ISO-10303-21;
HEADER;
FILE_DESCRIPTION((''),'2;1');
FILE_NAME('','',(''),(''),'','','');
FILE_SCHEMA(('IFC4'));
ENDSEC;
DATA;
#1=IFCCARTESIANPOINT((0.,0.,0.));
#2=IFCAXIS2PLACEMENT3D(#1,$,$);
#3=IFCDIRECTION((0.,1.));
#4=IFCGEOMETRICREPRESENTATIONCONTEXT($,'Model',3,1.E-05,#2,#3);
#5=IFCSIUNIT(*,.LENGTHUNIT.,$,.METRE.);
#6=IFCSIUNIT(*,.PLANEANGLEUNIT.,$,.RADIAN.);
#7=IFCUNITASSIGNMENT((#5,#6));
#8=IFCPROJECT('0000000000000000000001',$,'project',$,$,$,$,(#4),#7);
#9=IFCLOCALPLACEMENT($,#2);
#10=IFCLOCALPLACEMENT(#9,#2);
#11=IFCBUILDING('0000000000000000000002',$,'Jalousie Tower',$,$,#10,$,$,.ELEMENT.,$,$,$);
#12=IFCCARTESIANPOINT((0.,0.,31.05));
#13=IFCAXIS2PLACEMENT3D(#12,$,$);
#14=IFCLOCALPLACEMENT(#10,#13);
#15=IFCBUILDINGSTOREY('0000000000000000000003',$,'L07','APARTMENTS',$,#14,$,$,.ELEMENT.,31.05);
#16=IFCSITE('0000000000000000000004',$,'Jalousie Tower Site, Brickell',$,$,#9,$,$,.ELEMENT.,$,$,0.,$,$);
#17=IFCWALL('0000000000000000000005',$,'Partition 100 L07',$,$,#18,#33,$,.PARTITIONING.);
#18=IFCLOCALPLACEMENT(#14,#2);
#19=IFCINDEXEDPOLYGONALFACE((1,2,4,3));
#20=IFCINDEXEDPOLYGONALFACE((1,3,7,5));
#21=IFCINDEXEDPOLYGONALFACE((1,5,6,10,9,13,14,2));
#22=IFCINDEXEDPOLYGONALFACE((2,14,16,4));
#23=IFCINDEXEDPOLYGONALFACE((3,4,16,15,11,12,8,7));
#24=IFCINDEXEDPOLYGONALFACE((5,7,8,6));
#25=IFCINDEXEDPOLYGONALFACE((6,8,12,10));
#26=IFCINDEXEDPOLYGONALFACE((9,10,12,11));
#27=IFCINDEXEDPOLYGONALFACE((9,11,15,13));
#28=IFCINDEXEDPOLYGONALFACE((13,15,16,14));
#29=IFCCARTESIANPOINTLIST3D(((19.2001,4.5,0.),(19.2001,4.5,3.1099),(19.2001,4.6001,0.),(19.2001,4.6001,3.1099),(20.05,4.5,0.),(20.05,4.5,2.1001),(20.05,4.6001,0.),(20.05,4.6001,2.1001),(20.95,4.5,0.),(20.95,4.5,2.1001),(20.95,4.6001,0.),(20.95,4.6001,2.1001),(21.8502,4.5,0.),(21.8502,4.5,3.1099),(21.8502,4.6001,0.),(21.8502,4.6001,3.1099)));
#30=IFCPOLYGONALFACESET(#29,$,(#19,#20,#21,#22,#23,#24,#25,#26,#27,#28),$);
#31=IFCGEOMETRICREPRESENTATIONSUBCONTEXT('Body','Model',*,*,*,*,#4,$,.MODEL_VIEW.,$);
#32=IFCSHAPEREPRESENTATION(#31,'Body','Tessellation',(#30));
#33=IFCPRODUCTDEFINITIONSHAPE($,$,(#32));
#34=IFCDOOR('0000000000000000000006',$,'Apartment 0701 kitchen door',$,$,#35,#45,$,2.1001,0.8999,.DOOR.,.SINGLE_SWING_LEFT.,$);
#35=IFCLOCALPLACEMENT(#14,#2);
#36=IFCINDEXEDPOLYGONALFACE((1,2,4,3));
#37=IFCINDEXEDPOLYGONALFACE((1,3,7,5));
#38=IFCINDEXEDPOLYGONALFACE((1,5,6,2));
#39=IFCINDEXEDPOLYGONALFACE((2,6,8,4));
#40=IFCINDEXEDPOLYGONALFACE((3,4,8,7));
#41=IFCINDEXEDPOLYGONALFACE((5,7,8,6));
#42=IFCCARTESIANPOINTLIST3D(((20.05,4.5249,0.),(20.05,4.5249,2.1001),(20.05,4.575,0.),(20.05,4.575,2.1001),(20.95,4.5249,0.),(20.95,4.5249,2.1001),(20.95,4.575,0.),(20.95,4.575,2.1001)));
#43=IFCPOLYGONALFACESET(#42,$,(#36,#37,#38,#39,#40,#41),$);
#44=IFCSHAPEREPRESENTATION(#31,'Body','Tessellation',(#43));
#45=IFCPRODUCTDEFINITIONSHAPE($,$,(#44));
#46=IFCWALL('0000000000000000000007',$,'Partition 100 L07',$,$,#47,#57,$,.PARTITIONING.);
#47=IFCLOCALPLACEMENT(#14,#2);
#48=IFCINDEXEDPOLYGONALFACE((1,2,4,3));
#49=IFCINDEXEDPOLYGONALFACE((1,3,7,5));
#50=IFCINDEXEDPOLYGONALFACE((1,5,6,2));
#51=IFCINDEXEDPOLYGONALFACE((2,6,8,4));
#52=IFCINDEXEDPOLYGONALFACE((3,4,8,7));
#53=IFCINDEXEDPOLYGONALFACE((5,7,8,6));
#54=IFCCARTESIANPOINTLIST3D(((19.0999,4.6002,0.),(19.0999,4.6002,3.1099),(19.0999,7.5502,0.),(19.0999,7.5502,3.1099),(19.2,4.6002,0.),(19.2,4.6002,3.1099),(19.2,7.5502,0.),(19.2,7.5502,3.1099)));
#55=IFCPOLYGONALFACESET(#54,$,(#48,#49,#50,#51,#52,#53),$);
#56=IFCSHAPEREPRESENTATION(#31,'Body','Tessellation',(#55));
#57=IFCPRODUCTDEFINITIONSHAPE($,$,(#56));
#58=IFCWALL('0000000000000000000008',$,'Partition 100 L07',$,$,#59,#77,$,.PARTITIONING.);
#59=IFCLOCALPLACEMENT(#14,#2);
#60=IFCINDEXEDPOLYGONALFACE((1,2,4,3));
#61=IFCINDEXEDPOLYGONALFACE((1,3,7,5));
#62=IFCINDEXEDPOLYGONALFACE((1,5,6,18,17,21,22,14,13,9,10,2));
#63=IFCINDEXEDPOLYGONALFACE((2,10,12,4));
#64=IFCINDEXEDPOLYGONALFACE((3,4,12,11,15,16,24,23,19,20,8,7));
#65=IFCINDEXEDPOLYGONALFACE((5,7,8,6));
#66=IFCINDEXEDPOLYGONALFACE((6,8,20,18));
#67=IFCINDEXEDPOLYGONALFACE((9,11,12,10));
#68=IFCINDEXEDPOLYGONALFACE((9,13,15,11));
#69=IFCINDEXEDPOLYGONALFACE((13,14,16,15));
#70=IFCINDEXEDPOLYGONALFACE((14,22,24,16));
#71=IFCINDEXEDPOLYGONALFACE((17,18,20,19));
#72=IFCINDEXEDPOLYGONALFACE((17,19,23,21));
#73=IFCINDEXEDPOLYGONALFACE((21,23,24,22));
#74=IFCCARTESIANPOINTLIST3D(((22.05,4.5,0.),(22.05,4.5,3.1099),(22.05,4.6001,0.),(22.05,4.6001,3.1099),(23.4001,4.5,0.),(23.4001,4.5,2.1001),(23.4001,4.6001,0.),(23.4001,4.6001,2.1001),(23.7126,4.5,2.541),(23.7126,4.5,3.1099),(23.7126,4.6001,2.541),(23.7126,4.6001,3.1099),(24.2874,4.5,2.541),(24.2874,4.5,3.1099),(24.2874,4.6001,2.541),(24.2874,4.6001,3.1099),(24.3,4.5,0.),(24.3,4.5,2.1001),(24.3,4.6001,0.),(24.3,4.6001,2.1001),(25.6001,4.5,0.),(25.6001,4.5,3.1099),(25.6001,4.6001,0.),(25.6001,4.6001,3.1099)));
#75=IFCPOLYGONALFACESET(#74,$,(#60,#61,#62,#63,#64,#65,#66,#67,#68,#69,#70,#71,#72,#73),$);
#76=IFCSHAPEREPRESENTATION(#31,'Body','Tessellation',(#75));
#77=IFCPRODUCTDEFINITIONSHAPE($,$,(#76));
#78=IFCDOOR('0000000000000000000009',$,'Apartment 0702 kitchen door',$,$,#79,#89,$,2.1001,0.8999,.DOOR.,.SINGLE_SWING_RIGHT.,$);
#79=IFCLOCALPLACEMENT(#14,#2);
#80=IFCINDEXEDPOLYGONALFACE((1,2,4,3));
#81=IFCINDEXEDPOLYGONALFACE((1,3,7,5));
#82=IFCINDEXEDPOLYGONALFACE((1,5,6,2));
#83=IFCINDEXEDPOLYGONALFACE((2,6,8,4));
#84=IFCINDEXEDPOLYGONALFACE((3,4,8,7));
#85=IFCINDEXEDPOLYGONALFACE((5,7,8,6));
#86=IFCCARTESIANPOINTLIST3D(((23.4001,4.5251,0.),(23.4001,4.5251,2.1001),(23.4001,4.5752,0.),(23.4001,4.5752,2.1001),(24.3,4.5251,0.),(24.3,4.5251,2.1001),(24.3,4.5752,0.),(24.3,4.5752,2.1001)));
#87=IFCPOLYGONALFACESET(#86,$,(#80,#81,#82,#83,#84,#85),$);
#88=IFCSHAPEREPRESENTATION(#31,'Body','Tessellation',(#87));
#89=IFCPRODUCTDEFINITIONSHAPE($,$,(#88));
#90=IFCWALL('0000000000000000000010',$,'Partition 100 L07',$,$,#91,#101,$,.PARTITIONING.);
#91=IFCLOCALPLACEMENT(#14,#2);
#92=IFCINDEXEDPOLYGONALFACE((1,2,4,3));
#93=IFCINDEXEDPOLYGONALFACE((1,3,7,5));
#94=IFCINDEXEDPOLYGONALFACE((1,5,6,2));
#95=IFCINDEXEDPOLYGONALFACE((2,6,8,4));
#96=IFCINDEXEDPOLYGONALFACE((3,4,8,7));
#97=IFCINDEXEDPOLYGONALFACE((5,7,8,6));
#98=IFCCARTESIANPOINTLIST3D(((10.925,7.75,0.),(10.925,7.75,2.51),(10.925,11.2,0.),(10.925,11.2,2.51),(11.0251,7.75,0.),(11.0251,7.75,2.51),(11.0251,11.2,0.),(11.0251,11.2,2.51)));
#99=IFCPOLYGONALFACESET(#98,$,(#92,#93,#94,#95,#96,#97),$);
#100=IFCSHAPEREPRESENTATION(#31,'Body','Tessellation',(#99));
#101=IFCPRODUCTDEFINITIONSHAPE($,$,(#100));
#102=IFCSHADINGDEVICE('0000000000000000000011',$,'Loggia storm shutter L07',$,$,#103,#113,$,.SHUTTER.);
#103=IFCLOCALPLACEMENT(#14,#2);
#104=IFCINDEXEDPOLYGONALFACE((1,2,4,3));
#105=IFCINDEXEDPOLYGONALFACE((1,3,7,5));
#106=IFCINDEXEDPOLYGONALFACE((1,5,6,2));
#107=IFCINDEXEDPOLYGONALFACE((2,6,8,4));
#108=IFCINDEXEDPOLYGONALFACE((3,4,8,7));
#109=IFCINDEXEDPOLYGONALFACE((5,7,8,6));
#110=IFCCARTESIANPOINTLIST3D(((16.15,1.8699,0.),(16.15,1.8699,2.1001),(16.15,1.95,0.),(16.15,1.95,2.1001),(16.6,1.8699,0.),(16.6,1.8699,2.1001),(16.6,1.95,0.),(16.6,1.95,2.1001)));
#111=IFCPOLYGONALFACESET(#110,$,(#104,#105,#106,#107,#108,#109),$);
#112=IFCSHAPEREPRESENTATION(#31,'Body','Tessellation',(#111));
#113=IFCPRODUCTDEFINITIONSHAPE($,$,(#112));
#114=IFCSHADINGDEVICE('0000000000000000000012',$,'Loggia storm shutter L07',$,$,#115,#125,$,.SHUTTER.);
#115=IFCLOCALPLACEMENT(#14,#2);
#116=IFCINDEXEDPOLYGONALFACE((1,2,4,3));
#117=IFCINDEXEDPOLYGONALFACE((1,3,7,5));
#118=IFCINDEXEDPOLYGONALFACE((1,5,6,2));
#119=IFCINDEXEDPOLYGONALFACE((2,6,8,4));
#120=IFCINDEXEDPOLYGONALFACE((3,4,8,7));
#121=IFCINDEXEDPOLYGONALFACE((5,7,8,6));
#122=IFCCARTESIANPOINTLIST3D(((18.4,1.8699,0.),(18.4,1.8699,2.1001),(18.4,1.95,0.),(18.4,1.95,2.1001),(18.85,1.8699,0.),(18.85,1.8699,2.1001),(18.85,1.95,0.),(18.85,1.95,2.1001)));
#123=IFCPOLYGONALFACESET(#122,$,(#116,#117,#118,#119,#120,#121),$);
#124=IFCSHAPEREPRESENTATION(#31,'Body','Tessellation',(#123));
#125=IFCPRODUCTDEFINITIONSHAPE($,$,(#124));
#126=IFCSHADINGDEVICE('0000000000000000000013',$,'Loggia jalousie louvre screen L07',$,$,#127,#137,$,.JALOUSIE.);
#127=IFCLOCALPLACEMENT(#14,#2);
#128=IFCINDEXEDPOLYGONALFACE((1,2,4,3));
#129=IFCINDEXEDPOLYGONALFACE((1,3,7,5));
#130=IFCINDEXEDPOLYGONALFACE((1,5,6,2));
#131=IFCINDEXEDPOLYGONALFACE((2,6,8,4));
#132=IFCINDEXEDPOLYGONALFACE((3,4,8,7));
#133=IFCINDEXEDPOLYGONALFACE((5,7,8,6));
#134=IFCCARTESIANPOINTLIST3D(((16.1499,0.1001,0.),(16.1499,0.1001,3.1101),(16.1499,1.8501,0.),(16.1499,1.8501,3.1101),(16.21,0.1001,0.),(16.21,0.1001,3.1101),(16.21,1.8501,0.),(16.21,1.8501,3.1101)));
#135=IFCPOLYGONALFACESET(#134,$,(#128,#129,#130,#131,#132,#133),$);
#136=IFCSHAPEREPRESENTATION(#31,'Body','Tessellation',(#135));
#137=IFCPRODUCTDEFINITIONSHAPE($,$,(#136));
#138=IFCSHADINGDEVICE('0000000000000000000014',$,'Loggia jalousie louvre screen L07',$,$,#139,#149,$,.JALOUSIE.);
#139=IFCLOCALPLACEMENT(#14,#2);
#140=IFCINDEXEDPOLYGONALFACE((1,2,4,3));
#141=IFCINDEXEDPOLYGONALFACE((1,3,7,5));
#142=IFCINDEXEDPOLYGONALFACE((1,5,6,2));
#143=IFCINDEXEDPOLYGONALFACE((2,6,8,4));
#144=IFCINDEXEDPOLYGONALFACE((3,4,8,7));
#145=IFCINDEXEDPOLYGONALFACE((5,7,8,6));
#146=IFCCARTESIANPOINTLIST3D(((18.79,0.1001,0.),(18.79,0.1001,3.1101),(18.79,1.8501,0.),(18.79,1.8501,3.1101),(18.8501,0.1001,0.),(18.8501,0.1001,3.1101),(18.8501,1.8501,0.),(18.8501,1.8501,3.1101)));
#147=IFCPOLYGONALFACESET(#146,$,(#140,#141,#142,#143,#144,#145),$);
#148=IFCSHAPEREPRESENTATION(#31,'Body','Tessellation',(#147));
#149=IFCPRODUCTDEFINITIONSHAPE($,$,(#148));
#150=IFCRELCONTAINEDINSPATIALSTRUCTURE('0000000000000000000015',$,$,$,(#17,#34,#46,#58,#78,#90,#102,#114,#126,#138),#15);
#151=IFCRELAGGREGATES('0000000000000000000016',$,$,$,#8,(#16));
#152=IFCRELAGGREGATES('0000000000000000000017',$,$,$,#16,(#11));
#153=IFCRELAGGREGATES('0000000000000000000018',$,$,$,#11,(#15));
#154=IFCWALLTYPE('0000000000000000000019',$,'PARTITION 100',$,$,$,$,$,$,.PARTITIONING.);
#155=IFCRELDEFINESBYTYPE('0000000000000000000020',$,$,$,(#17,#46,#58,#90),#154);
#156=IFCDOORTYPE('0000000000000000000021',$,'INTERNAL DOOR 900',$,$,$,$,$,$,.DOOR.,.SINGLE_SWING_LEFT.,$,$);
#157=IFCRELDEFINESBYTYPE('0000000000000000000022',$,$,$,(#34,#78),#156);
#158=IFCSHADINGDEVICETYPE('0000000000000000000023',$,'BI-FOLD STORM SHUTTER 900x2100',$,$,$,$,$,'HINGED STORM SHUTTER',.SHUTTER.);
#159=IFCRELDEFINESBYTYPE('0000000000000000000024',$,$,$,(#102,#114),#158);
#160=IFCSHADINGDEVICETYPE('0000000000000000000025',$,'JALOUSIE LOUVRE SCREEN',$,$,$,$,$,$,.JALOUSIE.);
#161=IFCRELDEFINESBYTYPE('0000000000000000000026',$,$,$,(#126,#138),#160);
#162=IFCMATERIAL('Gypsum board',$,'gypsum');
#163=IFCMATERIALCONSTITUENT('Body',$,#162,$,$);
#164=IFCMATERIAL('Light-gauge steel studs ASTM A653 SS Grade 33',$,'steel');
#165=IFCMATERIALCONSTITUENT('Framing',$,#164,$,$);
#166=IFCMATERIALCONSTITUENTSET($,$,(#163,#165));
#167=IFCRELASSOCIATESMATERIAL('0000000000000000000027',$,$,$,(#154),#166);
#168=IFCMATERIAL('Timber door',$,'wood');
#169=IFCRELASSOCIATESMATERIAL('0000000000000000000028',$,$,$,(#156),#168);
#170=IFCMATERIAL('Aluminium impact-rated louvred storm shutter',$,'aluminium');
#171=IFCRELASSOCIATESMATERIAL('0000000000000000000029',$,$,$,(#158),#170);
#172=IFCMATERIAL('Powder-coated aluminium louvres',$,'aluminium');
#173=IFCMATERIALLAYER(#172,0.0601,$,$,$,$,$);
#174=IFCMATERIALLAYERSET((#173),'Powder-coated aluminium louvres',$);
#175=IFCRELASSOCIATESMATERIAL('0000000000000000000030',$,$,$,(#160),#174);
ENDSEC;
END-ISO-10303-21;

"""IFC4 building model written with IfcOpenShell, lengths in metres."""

from ifc_helpers import new_model, si_unit, direction, frame, frame_2d, origin, origin_2d, place, context, subcontext, project, spatial, polyline, rectangle, outline, extrude, material, layer, layer_set, constituent, constituent_set, type_object, element, fill, save


model = new_model("IFC4")

# Units and contexts
model_context = context("Model", 3, precision=1e-05, world=origin(), true_north=direction((0.0, 1.0)))
body_context = subcontext(model_context, "Body", "Model", "MODEL_VIEW")
ifc_project = project(units=[si_unit("LENGTHUNIT", "METRE"), si_unit("PLANEANGLEUNIT", "RADIAN")], contexts=[model_context])

# Site, building, storey
site_placement = place(None, origin())
site = spatial("IfcSite", under=ifc_project, at=site_placement, Name="Jalousie Tower Site, Brickell", CompositionType="ELEMENT", RefElevation=0.0)
building_placement = place(site_placement, origin())
building = spatial("IfcBuilding", under=site, at=building_placement, Name="Jalousie Tower", CompositionType="ELEMENT")
storey_placement = place(building_placement, frame((0.0, 0.0, 31.05)))
storey = spatial("IfcBuildingStorey", under=building, at=storey_placement, Name="L07", Description="APARTMENTS", CompositionType="ELEMENT", Elevation=31.05)

# Wall, opening, door
ifc_material_1 = material(Name="Gypsum board", Category="gypsum")
ifc_constituent_1 = constituent(ifc_material_1, Name="Body")
ifc_material_2 = material(Name="Light-gauge steel studs ASTM A653 SS Grade 33", Category="steel")
ifc_constituent_2 = constituent(ifc_material_2, Name="Framing")
ifc_constituent_set_1 = constituent_set(constituents=[ifc_constituent_1, ifc_constituent_2])
wall_type_1 = type_object("IfcWallType", Name="PARTITION 100", PredefinedType="PARTITIONING", material=ifc_constituent_set_1)
wall_1_placement = place(storey_placement, frame((19.2, 4.55, 0.0), z_axis=(0.0, 0.0, 1.0), x_axis=(1.0, 0.0, 0.0)))
wall_1 = element("IfcWall", 1, at=wall_1_placement, inside=storey, type_object=wall_type_1, Name="Partition 100 L07", PredefinedType="PARTITIONING", context=body_context, shape_type="SweptSolid", body=[
    extrude(rectangle(XDim=2.6501, YDim=0.1001, at=frame_2d((1.3252, 0.0))), origin(), (0.0, 0.0, 1.0), 3.1099),
])
opening_1_placement = place(wall_1_placement, frame((0.8501, 0.0, 0.0)))
opening_1 = element("IfcOpeningElement", 2, at=opening_1_placement, cuts=wall_1, PredefinedType="OPENING", context=body_context, shape_type="SweptSolid", body=[
    extrude(rectangle(XDim=0.8999, YDim=2.1001, at=frame_2d((0.45, 1.05))), frame((0.0, 0.0601, 0.0), z_axis=(0.0, -1.0, 0.0), x_axis=(1.0, 0.0, 0.0)), (0.0, 0.0, 1.0), 0.1201),
])
ifc_material_3 = material(Name="Timber door", Category="wood")
door_type_1 = type_object("IfcDoorType", Name="INTERNAL DOOR 900", OperationType="SINGLE_SWING_LEFT", PredefinedType="DOOR", material=ifc_material_3)
door_1_placement = place(opening_1_placement, origin())
door_1 = element("IfcDoor", 3, at=door_1_placement, inside=storey, type_object=door_type_1, Name="Apartment 0701 kitchen door", OperationType="SINGLE_SWING_LEFT", OverallHeight=2.1001, OverallWidth=0.8999, PredefinedType="DOOR", context=body_context, shape_type="SweptSolid", body=[
    extrude(rectangle(XDim=0.8999, YDim=2.1001, at=frame_2d((0.45, 1.05))), frame((0.0, 0.0249, 0.0), z_axis=(0.0, -1.0, 0.0), x_axis=(1.0, 0.0, 0.0)), (0.0, 0.0, 1.0), 0.05),
])
fill(opening_1, door_1)

# Wall
wall_2_placement = place(storey_placement, frame((19.1499, 4.6001, 0.0), z_axis=(0.0, 0.0, 1.0), x_axis=(0.0, 1.0, 0.0)))
element("IfcWall", 4, at=wall_2_placement, inside=storey, type_object=wall_type_1, Name="Partition 100 L07", PredefinedType="PARTITIONING", context=body_context, shape_type="SweptSolid", body=[
    extrude(rectangle(XDim=2.95, YDim=0.1001, at=frame_2d((1.4751, 0.0))), origin(), (0.0, 0.0, 1.0), 3.1099),
])

# Wall, opening, door
wall_3_placement = place(storey_placement, frame((22.05, 4.55, 0.0), z_axis=(0.0, 0.0, 1.0), x_axis=(1.0, 0.0, 0.0)))
wall_3 = element("IfcWall", 5, at=wall_3_placement, inside=storey, type_object=wall_type_1, Name="Partition 100 L07", PredefinedType="PARTITIONING", context=body_context, shape_type="SweptSolid", body=[
    extrude(outline(polyline([(0.0, 0.0), (3.55, 0.0), (3.55, 3.1099), (2.2373, 3.1099), (2.2373, 2.541), (1.6626, 2.541), (1.6626, 3.1099), (0.0, 3.1099), (0.0, 0.0)])), frame((0.0, 0.05, 0.0), z_axis=(0.0, -1.0, 0.0), x_axis=(1.0, 0.0, 0.0)), (0.0, 0.0, 1.0), 0.1001),
])
opening_2_placement = place(wall_3_placement, frame((1.3501, 0.0, 0.0)))
opening_2 = element("IfcOpeningElement", 6, at=opening_2_placement, cuts=wall_3, PredefinedType="OPENING", context=body_context, shape_type="SweptSolid", body=[
    extrude(rectangle(XDim=0.8999, YDim=2.1001, at=frame_2d((0.45, 1.05))), frame((0.0, 0.0601, 0.0), z_axis=(0.0, -1.0, 0.0), x_axis=(1.0, 0.0, 0.0)), (0.0, 0.0, 1.0), 0.1201),
])
door_2_placement = place(opening_2_placement, frame((0.8999, 0.0, 0.0), z_axis=(0.0, 0.0, 1.0), x_axis=(-1.0, 0.0, 0.0)))
door_2 = element("IfcDoor", 7, at=door_2_placement, inside=storey, type_object=door_type_1, Name="Apartment 0702 kitchen door", OperationType="SINGLE_SWING_RIGHT", OverallHeight=2.1001, OverallWidth=0.8999, PredefinedType="DOOR", context=body_context, shape_type="SweptSolid", body=[
    extrude(rectangle(XDim=0.8999, YDim=2.1001, at=frame_2d((0.45, 1.05))), frame((0.0, 0.0249, 0.0), z_axis=(0.0, -1.0, 0.0), x_axis=(1.0, 0.0, 0.0)), (0.0, 0.0, 1.0), 0.05),
])
fill(opening_2, door_2)

# Wall
wall_4_placement = place(storey_placement, frame((10.9751, 7.75, 0.0), z_axis=(0.0, 0.0, 1.0), x_axis=(0.0, 1.0, 0.0)))
element("IfcWall", 8, at=wall_4_placement, inside=storey, type_object=wall_type_1, Name="Partition 100 L07", PredefinedType="PARTITIONING", context=body_context, shape_type="SweptSolid", body=[
    extrude(outline(polyline([(0.0, 0.0), (3.45, 0.0), (3.45, 3.1099), (3.45, 2.51), (0.0, 2.51), (0.0, 3.1099), (0.0, 0.0)])), frame((0.0, 0.05, 0.0), z_axis=(0.0, -1.0, 0.0), x_axis=(1.0, 0.0, 0.0)), (0.0, 0.0, 1.0), 0.1001),
])

# Shading devices
ifc_material_4 = material(Name="Aluminium impact-rated louvred storm shutter", Category="aluminium")
shading_device_type_1 = type_object("IfcShadingDeviceType", Name="BI-FOLD STORM SHUTTER 900x2100", ElementType="HINGED STORM SHUTTER", PredefinedType="SHUTTER", material=ifc_material_4)
for number, where, z_axis, x_axis, name in (
    (9, (16.375, 1.9099, 0.0), (0.0, 0.0, 1.0), (1.0, 0.0, 0.0), "Loggia storm shutter L07"),
    (10, (18.625, 1.9099, 0.0), (0.0, 0.0, 1.0), (1.0, 0.0, 0.0), "Loggia storm shutter L07"),
):
    element("IfcShadingDevice", number, at=place(storey_placement, frame(where, z_axis=z_axis, x_axis=x_axis)), inside=storey, type_object=shading_device_type_1, Name=name, PredefinedType="SHUTTER", context=body_context, shape_type="SweptSolid", body=[
        extrude(rectangle(XDim=0.45, YDim=0.0801, at=origin_2d()), origin(), (0.0, 0.0, 1.0), 2.1001),
    ])
ifc_material_5 = material(Name="Powder-coated aluminium louvres", Category="aluminium")
ifc_layer_1 = layer(ifc_material_5, 0.0601)
ifc_layer_set_1 = layer_set([ifc_layer_1], Name="Powder-coated aluminium louvres")
shading_device_type_2 = type_object("IfcShadingDeviceType", Name="JALOUSIE LOUVRE SCREEN", PredefinedType="JALOUSIE", material=ifc_layer_set_1)
for number, where, z_axis, x_axis, name in (
    (11, (16.1799, 0.9751, 0.0), (0.0, 0.0, 1.0), (1.0, 0.0, 0.0), "Loggia jalousie louvre screen L07"),
    (12, (18.8201, 0.9751, 0.0), (0.0, 0.0, 1.0), (1.0, 0.0, 0.0), "Loggia jalousie louvre screen L07"),
):
    element("IfcShadingDevice", number, at=place(storey_placement, frame(where, z_axis=z_axis, x_axis=x_axis)), inside=storey, type_object=shading_device_type_2, Name=name, PredefinedType="JALOUSIE", context=body_context, shape_type="SweptSolid", body=[
        extrude(rectangle(XDim=0.0601, YDim=1.75, at=origin_2d()), origin(), (0.0, 0.0, 1.0), 3.1101),
    ])

save(model, "model.ifc")
